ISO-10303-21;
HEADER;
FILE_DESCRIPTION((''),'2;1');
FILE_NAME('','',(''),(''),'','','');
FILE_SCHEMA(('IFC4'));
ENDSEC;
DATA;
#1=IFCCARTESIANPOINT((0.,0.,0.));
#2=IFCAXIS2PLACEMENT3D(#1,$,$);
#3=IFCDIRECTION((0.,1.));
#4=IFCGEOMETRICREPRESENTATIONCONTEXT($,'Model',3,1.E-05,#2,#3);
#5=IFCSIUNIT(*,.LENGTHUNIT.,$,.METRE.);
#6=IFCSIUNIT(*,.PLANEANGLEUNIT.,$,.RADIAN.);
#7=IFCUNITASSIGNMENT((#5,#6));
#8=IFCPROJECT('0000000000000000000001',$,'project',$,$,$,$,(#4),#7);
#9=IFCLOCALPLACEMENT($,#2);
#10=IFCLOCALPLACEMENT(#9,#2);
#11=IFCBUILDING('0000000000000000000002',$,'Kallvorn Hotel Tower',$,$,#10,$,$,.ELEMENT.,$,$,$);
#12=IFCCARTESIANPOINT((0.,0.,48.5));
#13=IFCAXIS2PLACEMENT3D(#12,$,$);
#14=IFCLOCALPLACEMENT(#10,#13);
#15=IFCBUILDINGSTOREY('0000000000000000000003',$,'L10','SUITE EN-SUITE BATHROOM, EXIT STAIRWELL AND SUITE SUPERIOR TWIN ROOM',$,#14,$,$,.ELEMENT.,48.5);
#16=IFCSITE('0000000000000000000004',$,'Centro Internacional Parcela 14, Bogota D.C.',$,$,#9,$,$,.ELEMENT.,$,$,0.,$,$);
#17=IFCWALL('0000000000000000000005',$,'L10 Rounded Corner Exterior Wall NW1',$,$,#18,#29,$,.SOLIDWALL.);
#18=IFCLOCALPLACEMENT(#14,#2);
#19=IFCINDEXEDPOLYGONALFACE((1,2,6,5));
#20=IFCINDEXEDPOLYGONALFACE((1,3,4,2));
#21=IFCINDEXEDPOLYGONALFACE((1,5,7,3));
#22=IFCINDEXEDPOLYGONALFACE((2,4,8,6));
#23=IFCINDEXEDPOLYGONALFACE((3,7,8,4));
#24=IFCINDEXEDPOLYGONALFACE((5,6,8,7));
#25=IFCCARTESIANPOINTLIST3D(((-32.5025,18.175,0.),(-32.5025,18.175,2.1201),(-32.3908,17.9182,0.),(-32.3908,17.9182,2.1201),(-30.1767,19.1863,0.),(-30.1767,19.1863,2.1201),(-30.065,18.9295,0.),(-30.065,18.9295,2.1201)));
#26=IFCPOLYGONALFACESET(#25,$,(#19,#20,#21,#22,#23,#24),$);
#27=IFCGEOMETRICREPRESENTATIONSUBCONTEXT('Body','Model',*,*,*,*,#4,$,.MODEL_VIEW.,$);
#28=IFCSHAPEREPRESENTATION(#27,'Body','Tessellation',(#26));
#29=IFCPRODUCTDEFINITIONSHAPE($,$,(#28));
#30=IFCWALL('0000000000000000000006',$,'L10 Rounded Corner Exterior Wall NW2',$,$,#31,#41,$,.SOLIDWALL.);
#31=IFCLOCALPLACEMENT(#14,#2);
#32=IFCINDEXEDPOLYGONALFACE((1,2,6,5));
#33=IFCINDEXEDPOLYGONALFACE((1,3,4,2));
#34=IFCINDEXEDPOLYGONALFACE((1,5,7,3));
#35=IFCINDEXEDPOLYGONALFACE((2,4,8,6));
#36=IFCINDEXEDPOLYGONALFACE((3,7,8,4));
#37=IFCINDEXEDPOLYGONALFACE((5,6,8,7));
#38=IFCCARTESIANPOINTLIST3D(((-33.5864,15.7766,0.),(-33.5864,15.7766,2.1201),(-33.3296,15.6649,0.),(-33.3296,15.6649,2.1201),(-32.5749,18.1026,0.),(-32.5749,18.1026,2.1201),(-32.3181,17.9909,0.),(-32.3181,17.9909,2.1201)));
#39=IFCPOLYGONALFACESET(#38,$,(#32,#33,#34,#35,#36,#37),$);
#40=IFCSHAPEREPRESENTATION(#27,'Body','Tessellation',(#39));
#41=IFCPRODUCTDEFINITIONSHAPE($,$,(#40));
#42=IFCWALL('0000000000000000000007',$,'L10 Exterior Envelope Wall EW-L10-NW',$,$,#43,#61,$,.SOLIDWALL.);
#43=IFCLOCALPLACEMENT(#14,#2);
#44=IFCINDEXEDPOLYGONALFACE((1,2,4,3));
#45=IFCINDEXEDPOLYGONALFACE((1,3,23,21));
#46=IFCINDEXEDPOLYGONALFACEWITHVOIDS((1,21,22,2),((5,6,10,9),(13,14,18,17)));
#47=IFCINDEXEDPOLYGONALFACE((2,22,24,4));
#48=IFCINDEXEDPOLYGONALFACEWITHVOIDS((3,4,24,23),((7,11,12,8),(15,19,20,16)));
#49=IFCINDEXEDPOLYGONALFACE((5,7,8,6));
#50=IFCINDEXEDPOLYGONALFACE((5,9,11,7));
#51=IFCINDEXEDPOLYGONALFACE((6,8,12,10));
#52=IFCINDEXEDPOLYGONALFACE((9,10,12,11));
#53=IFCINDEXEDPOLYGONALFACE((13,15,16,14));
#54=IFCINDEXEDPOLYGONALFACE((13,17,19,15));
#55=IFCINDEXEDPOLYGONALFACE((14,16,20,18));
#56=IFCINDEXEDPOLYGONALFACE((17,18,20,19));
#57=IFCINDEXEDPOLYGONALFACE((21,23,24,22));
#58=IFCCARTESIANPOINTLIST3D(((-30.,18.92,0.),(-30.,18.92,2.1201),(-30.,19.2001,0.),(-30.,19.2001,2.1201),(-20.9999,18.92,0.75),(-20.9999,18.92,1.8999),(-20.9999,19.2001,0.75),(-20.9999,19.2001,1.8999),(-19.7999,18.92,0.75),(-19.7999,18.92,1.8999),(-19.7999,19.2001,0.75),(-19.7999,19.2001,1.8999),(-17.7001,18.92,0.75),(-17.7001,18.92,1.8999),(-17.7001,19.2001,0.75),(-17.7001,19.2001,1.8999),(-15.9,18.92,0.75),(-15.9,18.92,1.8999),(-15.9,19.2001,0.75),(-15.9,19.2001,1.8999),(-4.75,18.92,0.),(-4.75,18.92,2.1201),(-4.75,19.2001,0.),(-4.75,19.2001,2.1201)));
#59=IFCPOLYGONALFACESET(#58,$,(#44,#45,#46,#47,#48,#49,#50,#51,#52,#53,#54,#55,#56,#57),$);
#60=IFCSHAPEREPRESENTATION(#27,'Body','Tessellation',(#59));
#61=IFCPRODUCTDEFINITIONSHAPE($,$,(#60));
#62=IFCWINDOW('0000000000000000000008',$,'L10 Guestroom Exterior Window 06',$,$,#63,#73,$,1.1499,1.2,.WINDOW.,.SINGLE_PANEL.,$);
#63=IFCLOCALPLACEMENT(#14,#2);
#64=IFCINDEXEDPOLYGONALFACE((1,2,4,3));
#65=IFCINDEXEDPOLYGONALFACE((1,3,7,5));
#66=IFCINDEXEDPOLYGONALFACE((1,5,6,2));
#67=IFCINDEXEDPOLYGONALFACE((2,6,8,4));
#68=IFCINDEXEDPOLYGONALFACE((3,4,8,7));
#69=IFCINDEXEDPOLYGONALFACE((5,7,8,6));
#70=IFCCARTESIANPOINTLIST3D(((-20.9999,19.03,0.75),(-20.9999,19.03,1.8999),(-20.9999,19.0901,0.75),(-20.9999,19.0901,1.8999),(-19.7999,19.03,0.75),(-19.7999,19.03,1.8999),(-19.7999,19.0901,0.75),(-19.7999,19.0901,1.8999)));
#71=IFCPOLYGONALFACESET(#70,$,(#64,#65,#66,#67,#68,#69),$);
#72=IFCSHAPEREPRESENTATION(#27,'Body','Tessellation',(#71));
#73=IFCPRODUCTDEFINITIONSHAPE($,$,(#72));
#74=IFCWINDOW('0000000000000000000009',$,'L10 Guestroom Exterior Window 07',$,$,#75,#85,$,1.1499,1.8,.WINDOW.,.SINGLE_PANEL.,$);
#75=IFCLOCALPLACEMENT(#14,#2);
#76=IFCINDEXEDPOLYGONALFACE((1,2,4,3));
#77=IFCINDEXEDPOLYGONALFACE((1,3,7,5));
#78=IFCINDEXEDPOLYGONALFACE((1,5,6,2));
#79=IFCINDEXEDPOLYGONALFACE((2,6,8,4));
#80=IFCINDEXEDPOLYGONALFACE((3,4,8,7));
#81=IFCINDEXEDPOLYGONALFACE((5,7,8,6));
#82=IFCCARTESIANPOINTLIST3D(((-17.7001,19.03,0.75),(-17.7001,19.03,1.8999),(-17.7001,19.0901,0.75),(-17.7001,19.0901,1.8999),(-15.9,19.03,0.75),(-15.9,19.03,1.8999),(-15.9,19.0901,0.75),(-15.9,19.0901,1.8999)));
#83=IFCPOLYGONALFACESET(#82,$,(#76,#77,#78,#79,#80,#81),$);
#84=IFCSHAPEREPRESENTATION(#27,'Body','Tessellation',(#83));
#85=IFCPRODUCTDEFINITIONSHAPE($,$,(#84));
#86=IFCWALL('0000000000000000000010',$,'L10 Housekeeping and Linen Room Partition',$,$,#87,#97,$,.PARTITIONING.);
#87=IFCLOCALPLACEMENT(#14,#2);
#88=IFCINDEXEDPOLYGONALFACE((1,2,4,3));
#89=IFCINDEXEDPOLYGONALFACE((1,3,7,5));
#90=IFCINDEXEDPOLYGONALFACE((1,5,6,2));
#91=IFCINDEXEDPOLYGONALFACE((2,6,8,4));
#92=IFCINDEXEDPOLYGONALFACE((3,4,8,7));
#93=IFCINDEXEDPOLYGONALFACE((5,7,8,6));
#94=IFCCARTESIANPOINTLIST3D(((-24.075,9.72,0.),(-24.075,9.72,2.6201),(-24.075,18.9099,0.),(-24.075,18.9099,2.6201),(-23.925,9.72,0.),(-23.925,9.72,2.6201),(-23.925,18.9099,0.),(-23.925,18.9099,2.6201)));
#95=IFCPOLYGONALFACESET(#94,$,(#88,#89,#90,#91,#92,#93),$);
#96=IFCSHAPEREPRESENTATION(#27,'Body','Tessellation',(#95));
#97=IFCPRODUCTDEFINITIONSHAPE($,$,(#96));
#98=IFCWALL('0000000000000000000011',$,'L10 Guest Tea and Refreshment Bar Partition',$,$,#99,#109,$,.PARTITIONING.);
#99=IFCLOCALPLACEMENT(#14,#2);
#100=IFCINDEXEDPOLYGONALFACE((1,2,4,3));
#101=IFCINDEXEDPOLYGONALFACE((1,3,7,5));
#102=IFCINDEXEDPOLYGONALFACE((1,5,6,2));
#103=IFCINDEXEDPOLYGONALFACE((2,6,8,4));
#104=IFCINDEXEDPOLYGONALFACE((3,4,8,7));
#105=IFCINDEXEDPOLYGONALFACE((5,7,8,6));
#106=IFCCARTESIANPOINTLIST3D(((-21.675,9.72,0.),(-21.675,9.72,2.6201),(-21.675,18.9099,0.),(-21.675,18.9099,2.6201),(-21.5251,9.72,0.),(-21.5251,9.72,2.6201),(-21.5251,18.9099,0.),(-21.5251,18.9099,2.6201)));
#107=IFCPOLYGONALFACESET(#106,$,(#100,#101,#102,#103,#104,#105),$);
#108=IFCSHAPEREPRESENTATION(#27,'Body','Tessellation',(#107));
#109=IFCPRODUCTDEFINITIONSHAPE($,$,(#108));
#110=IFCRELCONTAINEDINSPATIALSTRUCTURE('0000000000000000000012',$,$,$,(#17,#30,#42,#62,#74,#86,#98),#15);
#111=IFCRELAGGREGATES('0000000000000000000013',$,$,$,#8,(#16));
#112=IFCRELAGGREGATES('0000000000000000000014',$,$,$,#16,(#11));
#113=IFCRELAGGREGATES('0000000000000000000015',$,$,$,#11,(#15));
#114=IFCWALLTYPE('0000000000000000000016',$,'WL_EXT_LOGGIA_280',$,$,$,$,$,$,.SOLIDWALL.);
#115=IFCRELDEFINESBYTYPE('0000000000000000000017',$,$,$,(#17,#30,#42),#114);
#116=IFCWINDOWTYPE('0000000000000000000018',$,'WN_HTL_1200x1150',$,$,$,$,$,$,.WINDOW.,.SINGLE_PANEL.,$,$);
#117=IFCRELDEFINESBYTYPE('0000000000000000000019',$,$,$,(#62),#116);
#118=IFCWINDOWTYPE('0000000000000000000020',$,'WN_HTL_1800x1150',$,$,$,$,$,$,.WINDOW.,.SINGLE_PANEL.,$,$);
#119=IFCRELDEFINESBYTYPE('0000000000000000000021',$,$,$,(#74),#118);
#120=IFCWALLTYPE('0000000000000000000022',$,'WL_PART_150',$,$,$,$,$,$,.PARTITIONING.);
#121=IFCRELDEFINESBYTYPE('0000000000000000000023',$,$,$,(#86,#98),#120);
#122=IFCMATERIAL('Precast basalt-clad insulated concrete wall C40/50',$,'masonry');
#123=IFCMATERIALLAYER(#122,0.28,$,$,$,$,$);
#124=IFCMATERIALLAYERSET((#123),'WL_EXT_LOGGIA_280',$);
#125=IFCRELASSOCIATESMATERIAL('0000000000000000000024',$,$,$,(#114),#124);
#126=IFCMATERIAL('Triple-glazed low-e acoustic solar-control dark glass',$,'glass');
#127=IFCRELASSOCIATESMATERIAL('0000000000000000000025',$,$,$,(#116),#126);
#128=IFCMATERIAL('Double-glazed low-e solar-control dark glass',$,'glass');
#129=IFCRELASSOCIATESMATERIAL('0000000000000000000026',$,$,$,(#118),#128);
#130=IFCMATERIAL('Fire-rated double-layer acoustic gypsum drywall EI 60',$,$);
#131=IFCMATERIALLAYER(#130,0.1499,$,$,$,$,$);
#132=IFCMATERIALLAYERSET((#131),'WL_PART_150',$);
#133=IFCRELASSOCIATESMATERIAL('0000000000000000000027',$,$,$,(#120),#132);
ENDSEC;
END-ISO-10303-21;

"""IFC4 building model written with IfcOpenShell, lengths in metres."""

from ifc_helpers import new_model, si_unit, direction, frame, frame_2d, origin, place, context, subcontext, project, spatial, rectangle, extrude, material, layer, layer_set, type_object, element, fill, save


model = new_model("IFC4")

# Units and contexts
model_context = context("Model", 3, precision=1e-05, world=origin(), true_north=direction((0.0, 1.0)))
body_context = subcontext(model_context, "Body", "Model", "MODEL_VIEW")
ifc_project = project(units=[si_unit("LENGTHUNIT", "METRE"), si_unit("PLANEANGLEUNIT", "RADIAN")], contexts=[model_context])

# Site, building, storey
site_placement = place(None, origin())
site = spatial("IfcSite", under=ifc_project, at=site_placement, Name="Centro Internacional Parcela 14, Bogota D.C.", CompositionType="ELEMENT", RefElevation=0.0)
building_placement = place(site_placement, origin())
building = spatial("IfcBuilding", under=site, at=building_placement, Name="Kallvorn Hotel Tower", CompositionType="ELEMENT")
storey_placement = place(building_placement, frame((0.0, 0.0, 48.5)))
storey = spatial("IfcBuildingStorey", under=building, at=storey_placement, Name="L10", Description="SUITE EN-SUITE BATHROOM, EXIT STAIRWELL AND SUITE SUPERIOR TWIN ROOM", CompositionType="ELEMENT", Elevation=48.5)

# Walls
ifc_material_1 = material(Name="Precast basalt-clad insulated concrete wall C40/50", Category="masonry")
ifc_layer_1 = layer(ifc_material_1, 0.28)
ifc_layer_set_1 = layer_set([ifc_layer_1], Name="WL_EXT_LOGGIA_280")
wall_type_1 = type_object("IfcWallType", Name="WL_EXT_LOGGIA_280", PredefinedType="SOLIDWALL", material=ifc_layer_set_1)
wall_1_placement = place(storey_placement, frame((-30.1208, 19.0579, 0.0), z_axis=(0.0, 0.0, 1.0), x_axis=(-0.917061, -0.398747, 0.0)))
element("IfcWall", 1, at=wall_1_placement, inside=storey, type_object=wall_type_1, Name="L10 Rounded Corner Exterior Wall NW1", PredefinedType="SOLIDWALL", context=body_context, shape_type="SweptSolid", body=[
    extrude(rectangle(XDim=2.5361, YDim=0.28, at=frame_2d((1.2681, 0.0))), origin(), (0.0, 0.0, 1.0), 2.1201),
])
wall_2_placement = place(storey_placement, frame((-32.4465, 18.0466, 0.0), z_axis=(0.0, 0.0, 1.0), x_axis=(-0.398793, -0.917041, 0.0)))
element("IfcWall", 2, at=wall_2_placement, inside=storey, type_object=wall_type_1, Name="L10 Rounded Corner Exterior Wall NW2", PredefinedType="SOLIDWALL", context=body_context, shape_type="SweptSolid", body=[
    extrude(rectangle(XDim=2.5364, YDim=0.28, at=frame_2d((1.2681, 0.0))), origin(), (0.0, 0.0, 1.0), 2.1201),
])

# Wall, openings, windows
wall_3_placement = place(storey_placement, frame((-30.0, 19.0601, 0.0), z_axis=(0.0, 0.0, 1.0), x_axis=(1.0, 0.0, 0.0)))
wall_3 = element("IfcWall", 3, at=wall_3_placement, inside=storey, type_object=wall_type_1, Name="L10 Exterior Envelope Wall EW-L10-NW", PredefinedType="SOLIDWALL", context=body_context, shape_type="SweptSolid", body=[
    extrude(rectangle(XDim=25.25, YDim=0.28, at=frame_2d((12.625, 0.0))), origin(), (0.0, 0.0, 1.0), 2.1201),
])
opening_1_placement = place(wall_3_placement, frame((9.0, 0.0, 0.75)))
opening_1 = element("IfcOpeningElement", 4, at=opening_1_placement, cuts=wall_3, PredefinedType="OPENING", context=body_context, shape_type="SweptSolid", body=[
    extrude(rectangle(XDim=1.2, YDim=1.1499, at=frame_2d((0.6001, 0.575))), frame((0.0, 0.155, 0.0), z_axis=(0.0, -1.0, 0.0), x_axis=(1.0, 0.0, 0.0)), (0.0, 0.0, 1.0), 0.3101),
])
opening_2_placement = place(wall_3_placement, frame((12.3, 0.0, 0.75)))
opening_2 = element("IfcOpeningElement", 5, at=opening_2_placement, cuts=wall_3, PredefinedType="OPENING", context=body_context, shape_type="SweptSolid", body=[
    extrude(rectangle(XDim=1.8, YDim=1.1499, at=frame_2d((0.8999, 0.575))), frame((0.0, 0.155, 0.0), z_axis=(0.0, -1.0, 0.0), x_axis=(1.0, 0.0, 0.0)), (0.0, 0.0, 1.0), 0.3101),
])
ifc_material_2 = material(Name="Triple-glazed low-e acoustic solar-control dark glass", Category="glass")
window_type_1 = type_object("IfcWindowType", Name="WN_HTL_1200x1150", PartitioningType="SINGLE_PANEL", PredefinedType="WINDOW", material=ifc_material_2)
window_1_placement = place(opening_1_placement, origin())
window_1 = element("IfcWindow", 6, at=window_1_placement, inside=storey, type_object=window_type_1, Name="L10 Guestroom Exterior Window 06", OverallHeight=1.1499, OverallWidth=1.2, PartitioningType="SINGLE_PANEL", PredefinedType="WINDOW", context=body_context, shape_type="SweptSolid", body=[
    extrude(rectangle(XDim=1.2, YDim=1.1499, at=frame_2d((0.6001, 0.575))), frame((0.0, 0.03, 0.0), z_axis=(0.0, -1.0, 0.0), x_axis=(1.0, 0.0, 0.0)), (0.0, 0.0, 1.0), 0.0601),
])
fill(opening_1, window_1)
ifc_material_3 = material(Name="Double-glazed low-e solar-control dark glass", Category="glass")
window_type_2 = type_object("IfcWindowType", Name="WN_HTL_1800x1150", PartitioningType="SINGLE_PANEL", PredefinedType="WINDOW", material=ifc_material_3)
window_2_placement = place(opening_2_placement, origin())
window_2 = element("IfcWindow", 7, at=window_2_placement, inside=storey, type_object=window_type_2, Name="L10 Guestroom Exterior Window 07", OverallHeight=1.1499, OverallWidth=1.8, PartitioningType="SINGLE_PANEL", PredefinedType="WINDOW", context=body_context, shape_type="SweptSolid", body=[
    extrude(rectangle(XDim=1.8, YDim=1.1499, at=frame_2d((0.8999, 0.575))), frame((0.0, 0.03, 0.0), z_axis=(0.0, -1.0, 0.0), x_axis=(1.0, 0.0, 0.0)), (0.0, 0.0, 1.0), 0.0601),
])
fill(opening_2, window_2)

# Walls
ifc_material_4 = material(Name="Fire-rated double-layer acoustic gypsum drywall EI 60")
ifc_layer_2 = layer(ifc_material_4, 0.1499)
ifc_layer_set_2 = layer_set([ifc_layer_2], Name="WL_PART_150")
wall_type_2 = type_object("IfcWallType", Name="WL_PART_150", PredefinedType="PARTITIONING", material=ifc_layer_set_2)
for number, where, z_axis, x_axis, name in (
    (8, (-24.0, 9.72, 0.0), (0.0, 0.0, 1.0), (0.0, 1.0, 0.0), "L10 Housekeeping and Linen Room Partition"),
    (9, (-21.6001, 9.72, 0.0), (0.0, 0.0, 1.0), (0.0, 1.0, 0.0), "L10 Guest Tea and Refreshment Bar Partition"),
):
    element("IfcWall", number, at=place(storey_placement, frame(where, z_axis=z_axis, x_axis=x_axis)), inside=storey, type_object=wall_type_2, Name=name, PredefinedType="PARTITIONING", context=body_context, shape_type="SweptSolid", body=[
        extrude(rectangle(XDim=9.1899, YDim=0.1499, at=frame_2d((4.595, 0.0))), origin(), (0.0, 0.0, 1.0), 2.6201),
    ])

save(model, "model.ifc")
